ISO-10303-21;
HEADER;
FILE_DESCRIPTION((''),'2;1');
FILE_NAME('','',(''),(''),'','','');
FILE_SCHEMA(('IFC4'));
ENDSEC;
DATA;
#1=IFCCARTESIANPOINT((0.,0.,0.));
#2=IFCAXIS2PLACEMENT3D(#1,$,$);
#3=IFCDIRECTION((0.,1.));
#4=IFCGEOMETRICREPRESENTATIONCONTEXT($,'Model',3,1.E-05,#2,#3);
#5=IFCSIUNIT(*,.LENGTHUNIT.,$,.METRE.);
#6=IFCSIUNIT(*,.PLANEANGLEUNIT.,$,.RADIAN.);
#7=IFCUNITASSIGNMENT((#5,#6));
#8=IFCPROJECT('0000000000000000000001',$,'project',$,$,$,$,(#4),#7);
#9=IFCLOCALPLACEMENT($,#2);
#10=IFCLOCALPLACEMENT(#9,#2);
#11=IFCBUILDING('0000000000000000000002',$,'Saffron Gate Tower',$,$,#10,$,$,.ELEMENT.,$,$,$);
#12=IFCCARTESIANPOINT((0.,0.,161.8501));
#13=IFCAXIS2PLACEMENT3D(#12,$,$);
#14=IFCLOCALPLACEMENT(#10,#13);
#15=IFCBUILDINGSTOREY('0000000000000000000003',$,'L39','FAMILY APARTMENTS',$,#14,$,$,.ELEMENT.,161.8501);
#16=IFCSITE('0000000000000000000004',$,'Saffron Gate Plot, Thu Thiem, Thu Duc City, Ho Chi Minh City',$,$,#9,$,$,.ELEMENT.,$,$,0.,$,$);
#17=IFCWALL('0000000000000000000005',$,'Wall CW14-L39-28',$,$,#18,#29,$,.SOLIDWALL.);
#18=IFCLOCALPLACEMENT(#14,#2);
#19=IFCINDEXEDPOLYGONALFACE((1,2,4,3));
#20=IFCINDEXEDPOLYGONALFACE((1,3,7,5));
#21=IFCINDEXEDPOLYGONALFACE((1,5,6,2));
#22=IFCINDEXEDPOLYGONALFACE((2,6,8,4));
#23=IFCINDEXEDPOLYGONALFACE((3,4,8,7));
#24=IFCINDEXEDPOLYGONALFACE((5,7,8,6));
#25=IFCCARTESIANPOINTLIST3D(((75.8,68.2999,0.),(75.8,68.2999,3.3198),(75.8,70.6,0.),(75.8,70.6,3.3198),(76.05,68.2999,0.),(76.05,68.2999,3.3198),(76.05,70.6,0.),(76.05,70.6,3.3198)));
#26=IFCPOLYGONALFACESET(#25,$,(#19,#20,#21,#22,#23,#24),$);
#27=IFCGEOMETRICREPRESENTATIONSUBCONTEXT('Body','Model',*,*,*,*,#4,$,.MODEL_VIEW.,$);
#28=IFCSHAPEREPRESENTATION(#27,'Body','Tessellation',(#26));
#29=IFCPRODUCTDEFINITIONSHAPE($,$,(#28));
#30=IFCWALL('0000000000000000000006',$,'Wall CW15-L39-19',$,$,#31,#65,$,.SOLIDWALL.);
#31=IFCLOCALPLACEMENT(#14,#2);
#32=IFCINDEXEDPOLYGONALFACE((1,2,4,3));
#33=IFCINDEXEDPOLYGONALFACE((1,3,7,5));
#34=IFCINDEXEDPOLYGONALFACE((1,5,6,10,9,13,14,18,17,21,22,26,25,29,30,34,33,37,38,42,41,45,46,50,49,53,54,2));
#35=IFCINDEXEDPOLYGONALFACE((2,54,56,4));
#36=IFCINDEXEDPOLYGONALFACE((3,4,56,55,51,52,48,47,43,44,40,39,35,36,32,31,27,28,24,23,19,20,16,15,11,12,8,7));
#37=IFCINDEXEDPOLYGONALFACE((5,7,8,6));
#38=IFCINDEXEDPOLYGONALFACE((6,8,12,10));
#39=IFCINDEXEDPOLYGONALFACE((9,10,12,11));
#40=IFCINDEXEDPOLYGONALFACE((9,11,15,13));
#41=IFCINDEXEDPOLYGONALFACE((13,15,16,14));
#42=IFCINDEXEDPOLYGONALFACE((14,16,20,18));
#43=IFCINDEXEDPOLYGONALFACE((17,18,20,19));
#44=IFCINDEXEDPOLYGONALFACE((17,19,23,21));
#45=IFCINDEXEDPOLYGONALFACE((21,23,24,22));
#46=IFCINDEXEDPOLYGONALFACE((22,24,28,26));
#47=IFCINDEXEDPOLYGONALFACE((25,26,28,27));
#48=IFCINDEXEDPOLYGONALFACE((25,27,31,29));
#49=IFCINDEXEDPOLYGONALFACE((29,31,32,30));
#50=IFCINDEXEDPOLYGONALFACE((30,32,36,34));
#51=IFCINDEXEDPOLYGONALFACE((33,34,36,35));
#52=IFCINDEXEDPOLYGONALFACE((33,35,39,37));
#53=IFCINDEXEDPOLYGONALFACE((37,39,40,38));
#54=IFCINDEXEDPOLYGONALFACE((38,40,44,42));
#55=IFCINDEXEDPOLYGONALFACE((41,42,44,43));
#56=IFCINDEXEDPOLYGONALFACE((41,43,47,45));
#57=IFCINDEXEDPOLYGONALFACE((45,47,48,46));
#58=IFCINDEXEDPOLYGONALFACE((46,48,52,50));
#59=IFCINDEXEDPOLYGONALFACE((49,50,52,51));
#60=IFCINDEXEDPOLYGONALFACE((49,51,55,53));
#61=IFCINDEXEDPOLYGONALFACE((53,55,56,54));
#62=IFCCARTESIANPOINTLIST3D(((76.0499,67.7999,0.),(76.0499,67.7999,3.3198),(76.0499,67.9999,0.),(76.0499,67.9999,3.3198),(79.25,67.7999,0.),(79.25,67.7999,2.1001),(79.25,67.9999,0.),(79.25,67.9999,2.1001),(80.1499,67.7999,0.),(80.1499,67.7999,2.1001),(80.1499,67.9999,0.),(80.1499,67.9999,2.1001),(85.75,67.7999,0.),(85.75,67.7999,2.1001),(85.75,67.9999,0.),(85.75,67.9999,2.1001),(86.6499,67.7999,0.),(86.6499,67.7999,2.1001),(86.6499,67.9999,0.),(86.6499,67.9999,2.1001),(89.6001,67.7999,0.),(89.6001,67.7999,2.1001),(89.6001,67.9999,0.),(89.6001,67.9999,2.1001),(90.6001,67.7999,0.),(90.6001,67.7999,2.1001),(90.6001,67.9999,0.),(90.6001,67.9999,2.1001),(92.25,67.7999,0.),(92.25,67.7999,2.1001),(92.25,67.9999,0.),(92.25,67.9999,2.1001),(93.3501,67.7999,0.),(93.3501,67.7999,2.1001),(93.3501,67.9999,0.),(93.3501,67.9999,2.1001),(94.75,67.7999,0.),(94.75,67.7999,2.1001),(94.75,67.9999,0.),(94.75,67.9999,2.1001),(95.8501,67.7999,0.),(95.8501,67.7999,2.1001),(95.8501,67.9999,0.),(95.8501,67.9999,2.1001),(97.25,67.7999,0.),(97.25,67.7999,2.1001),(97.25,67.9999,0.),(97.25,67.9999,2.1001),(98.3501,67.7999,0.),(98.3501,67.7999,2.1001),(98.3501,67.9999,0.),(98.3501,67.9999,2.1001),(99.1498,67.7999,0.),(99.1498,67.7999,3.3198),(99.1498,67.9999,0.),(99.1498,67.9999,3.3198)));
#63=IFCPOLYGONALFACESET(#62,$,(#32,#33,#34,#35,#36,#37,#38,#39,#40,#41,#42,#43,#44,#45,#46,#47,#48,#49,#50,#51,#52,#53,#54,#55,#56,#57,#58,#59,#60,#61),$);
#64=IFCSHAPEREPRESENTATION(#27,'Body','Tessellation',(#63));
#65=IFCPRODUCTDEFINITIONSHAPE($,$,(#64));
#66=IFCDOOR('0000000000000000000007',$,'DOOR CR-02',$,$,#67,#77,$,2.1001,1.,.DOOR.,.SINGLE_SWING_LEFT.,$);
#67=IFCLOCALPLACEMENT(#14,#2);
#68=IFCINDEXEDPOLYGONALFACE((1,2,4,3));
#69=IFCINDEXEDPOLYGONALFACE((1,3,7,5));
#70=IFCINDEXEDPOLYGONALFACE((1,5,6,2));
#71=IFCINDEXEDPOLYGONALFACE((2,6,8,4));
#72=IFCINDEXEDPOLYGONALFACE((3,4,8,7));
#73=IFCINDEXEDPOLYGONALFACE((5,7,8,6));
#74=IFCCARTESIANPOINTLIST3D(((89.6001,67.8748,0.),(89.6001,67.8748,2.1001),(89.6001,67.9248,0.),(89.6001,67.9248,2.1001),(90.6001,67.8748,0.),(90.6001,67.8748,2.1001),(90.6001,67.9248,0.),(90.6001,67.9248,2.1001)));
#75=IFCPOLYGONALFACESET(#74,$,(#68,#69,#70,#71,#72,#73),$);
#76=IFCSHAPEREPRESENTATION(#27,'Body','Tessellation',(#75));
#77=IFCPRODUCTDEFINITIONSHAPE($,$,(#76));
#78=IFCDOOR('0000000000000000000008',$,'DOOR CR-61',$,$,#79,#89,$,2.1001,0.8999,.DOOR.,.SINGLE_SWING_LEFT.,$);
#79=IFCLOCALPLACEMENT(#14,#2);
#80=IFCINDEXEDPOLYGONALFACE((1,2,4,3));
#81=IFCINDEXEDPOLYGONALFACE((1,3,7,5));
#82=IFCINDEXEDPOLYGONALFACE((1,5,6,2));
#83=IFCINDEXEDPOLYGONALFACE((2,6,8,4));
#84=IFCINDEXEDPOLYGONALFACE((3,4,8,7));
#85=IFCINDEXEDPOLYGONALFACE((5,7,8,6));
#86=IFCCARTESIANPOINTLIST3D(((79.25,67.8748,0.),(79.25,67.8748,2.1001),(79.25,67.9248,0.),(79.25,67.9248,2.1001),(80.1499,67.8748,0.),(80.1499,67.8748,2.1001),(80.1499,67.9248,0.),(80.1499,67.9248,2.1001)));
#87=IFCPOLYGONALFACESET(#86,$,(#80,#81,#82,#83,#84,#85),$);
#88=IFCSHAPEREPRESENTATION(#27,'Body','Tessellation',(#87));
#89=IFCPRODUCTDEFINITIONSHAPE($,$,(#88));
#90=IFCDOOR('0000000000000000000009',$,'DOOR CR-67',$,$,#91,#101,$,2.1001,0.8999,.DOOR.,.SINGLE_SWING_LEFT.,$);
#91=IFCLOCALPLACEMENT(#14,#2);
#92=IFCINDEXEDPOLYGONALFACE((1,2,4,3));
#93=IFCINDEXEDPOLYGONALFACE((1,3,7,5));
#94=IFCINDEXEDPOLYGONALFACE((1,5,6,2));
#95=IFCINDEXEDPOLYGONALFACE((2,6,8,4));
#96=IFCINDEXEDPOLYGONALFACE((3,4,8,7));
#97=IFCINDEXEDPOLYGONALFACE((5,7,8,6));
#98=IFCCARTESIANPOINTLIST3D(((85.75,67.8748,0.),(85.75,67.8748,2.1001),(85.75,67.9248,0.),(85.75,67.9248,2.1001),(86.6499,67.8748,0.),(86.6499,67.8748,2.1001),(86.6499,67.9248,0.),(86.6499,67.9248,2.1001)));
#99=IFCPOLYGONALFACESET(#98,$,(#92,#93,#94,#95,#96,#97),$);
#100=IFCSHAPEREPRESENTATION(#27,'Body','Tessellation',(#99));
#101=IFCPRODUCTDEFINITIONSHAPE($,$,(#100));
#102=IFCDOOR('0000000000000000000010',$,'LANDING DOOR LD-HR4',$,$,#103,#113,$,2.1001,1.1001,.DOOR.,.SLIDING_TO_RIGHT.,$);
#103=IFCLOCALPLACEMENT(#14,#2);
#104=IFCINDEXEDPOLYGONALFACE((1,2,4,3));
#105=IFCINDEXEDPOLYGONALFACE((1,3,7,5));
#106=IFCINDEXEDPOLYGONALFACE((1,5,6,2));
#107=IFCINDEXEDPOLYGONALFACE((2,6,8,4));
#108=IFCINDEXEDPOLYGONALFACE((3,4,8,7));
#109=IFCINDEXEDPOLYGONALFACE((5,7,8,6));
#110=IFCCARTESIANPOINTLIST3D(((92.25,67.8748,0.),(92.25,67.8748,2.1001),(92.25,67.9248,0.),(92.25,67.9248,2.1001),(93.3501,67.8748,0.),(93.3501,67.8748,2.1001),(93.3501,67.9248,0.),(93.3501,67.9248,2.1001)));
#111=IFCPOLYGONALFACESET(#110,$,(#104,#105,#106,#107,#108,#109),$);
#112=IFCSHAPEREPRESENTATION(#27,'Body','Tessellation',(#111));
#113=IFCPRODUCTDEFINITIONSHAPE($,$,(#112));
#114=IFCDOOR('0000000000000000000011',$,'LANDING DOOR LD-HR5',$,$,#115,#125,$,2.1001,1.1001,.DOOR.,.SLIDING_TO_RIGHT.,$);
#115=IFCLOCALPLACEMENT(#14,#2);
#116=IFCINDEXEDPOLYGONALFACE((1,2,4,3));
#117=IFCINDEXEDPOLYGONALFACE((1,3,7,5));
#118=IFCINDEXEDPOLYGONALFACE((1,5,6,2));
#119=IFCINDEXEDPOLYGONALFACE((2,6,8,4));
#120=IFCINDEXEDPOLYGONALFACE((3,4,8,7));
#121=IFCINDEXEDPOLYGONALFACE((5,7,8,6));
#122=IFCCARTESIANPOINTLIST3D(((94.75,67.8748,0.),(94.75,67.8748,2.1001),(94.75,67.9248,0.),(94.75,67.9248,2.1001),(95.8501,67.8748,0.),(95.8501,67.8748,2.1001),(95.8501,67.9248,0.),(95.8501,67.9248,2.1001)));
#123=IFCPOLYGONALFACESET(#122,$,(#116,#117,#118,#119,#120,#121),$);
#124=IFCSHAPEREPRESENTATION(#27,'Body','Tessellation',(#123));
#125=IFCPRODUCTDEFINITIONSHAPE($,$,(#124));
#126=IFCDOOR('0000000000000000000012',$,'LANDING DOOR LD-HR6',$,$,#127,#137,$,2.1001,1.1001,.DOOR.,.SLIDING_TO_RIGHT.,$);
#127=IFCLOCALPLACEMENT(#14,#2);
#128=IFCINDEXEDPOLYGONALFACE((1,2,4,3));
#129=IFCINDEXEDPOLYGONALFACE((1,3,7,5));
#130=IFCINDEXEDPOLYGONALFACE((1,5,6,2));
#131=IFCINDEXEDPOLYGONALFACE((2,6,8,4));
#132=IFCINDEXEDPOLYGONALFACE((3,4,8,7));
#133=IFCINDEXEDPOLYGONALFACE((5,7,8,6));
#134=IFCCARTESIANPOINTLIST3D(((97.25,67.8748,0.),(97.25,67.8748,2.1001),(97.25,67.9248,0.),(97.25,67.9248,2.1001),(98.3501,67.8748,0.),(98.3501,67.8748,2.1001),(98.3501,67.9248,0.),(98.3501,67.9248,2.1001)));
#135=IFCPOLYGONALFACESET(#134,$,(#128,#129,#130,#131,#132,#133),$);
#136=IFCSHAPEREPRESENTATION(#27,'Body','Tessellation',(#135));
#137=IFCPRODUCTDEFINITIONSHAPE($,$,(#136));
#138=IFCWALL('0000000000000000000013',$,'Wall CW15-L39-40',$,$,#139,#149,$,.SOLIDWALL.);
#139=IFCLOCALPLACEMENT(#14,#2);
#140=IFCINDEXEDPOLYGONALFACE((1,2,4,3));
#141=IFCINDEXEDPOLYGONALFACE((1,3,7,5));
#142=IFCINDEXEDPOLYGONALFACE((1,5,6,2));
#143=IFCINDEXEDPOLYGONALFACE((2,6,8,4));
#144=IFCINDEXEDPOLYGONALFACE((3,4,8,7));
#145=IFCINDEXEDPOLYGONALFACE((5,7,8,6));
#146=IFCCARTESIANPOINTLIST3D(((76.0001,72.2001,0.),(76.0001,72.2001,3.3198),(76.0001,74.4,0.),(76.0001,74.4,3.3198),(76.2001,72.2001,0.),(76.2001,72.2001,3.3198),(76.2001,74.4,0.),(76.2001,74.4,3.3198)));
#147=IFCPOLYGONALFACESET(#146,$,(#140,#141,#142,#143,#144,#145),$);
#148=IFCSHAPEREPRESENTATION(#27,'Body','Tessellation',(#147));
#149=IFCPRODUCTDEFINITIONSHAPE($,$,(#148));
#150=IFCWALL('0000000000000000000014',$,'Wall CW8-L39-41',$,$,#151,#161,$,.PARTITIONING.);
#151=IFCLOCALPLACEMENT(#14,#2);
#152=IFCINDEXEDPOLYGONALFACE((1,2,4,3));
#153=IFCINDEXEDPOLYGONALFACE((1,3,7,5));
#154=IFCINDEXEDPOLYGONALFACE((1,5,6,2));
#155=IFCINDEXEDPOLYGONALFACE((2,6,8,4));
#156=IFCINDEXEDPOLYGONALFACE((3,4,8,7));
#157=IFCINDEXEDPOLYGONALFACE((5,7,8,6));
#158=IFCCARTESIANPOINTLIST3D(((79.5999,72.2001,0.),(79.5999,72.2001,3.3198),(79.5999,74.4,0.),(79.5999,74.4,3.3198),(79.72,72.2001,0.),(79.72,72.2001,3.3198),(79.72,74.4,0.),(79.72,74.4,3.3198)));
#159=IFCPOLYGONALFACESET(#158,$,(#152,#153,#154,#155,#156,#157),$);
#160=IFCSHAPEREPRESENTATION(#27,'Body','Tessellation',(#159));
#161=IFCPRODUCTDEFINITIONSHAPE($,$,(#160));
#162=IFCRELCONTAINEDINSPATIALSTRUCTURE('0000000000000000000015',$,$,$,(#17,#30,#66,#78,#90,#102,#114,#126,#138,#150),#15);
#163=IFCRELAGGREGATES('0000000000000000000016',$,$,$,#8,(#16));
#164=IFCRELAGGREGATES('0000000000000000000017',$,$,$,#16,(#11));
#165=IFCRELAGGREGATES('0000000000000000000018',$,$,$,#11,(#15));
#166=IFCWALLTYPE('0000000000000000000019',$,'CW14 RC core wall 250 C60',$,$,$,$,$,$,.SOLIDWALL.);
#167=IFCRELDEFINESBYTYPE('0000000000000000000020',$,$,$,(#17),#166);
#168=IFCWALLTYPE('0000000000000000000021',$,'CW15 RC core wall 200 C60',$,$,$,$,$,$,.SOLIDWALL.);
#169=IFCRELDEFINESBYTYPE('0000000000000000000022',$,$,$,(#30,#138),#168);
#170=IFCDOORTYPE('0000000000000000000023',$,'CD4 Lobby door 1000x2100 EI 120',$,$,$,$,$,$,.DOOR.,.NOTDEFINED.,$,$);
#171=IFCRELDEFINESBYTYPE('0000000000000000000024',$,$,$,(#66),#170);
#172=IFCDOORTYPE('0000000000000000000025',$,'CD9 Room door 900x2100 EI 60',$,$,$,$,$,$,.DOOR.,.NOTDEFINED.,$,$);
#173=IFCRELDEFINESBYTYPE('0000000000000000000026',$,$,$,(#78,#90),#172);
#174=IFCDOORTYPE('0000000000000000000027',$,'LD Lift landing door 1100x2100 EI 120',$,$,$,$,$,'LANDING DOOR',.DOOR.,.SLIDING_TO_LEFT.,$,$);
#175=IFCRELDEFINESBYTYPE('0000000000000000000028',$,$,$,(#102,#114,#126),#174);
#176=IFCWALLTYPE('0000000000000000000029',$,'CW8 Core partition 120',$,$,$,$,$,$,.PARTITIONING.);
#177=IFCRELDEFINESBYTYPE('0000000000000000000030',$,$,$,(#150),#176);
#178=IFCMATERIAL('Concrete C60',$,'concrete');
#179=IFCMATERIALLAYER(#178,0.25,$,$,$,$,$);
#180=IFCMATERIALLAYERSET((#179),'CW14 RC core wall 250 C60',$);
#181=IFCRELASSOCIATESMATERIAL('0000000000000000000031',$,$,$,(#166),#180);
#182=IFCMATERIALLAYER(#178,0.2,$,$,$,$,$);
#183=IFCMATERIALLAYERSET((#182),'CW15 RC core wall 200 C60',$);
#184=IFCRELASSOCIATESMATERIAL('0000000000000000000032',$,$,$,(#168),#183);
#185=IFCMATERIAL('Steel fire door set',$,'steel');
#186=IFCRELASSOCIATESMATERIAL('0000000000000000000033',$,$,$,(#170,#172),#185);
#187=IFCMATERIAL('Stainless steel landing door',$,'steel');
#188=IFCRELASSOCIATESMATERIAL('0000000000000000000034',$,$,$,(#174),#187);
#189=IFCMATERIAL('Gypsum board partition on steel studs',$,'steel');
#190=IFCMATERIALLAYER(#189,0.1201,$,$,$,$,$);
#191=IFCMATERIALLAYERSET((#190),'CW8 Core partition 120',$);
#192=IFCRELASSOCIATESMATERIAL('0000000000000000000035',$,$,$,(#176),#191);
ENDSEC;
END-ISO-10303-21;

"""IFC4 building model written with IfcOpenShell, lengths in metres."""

from ifc_helpers import new_model, si_unit, direction, frame, frame_2d, origin, place, context, subcontext, project, spatial, rectangle, extrude, material, layer, layer_set, type_object, element, fill, save


model = new_model("IFC4")

# Units and contexts
model_context = context("Model", 3, precision=1e-05, world=origin(), true_north=direction((0.0, 1.0)))
body_context = subcontext(model_context, "Body", "Model", "MODEL_VIEW")
ifc_project = project(units=[si_unit("LENGTHUNIT", "METRE"), si_unit("PLANEANGLEUNIT", "RADIAN")], contexts=[model_context])

# Site, building, storey
site_placement = place(None, origin())
site = spatial("IfcSite", under=ifc_project, at=site_placement, Name="Saffron Gate Plot, Thu Thiem, Thu Duc City, Ho Chi Minh City", CompositionType="ELEMENT", RefElevation=0.0)
building_placement = place(site_placement, origin())
building = spatial("IfcBuilding", under=site, at=building_placement, Name="Saffron Gate Tower", CompositionType="ELEMENT")
storey_placement = place(building_placement, frame((0.0, 0.0, 161.8501)))
storey = spatial("IfcBuildingStorey", under=building, at=storey_placement, Name="L39", Description="FAMILY APARTMENTS", CompositionType="ELEMENT", Elevation=161.8501)

# Wall
ifc_material_1 = material(Name="Concrete C60", Category="concrete")
ifc_layer_1 = layer(ifc_material_1, 0.25)
ifc_layer_set_1 = layer_set([ifc_layer_1], Name="CW14 RC core wall 250 C60")
wall_type_1 = type_object("IfcWallType", Name="CW14 RC core wall 250 C60", PredefinedType="SOLIDWALL", material=ifc_layer_set_1)
wall_1_placement = place(storey_placement, frame((75.925, 68.3, 0.0), z_axis=(0.0, 0.0, 1.0), x_axis=(0.0, 1.0, 0.0)))
element("IfcWall", 1, at=wall_1_placement, inside=storey, type_object=wall_type_1, Name="Wall CW14-L39-28", PredefinedType="SOLIDWALL", context=body_context, shape_type="SweptSolid", body=[
    extrude(rectangle(XDim=2.3, YDim=0.25, at=frame_2d((1.1499, 0.0))), origin(), (0.0, 0.0, 1.0), 3.3198),
])

# Wall, openings, doors
ifc_layer_2 = layer(ifc_material_1, 0.2)
ifc_layer_set_2 = layer_set([ifc_layer_2], Name="CW15 RC core wall 200 C60")
wall_type_2 = type_object("IfcWallType", Name="CW15 RC core wall 200 C60", PredefinedType="SOLIDWALL", material=ifc_layer_set_2)
wall_2_placement = place(storey_placement, frame((76.05, 67.8999, 0.0), z_axis=(0.0, 0.0, 1.0), x_axis=(1.0, 0.0, 0.0)))
wall_2 = element("IfcWall", 2, at=wall_2_placement, inside=storey, type_object=wall_type_2, Name="Wall CW15-L39-19", PredefinedType="SOLIDWALL", context=body_context, shape_type="SweptSolid", body=[
    extrude(rectangle(XDim=23.0999, YDim=0.2, at=frame_2d((11.5498, 0.0))), origin(), (0.0, 0.0, 1.0), 3.3198),
])
opening_1_placement = place(wall_2_placement, frame((3.2, 0.0, 0.0)))
opening_1 = element("IfcOpeningElement", 3, at=opening_1_placement, cuts=wall_2, PredefinedType="OPENING", context=body_context, shape_type="SweptSolid", body=[
    extrude(rectangle(XDim=0.8999, YDim=2.1001, at=frame_2d((0.45, 1.05))), frame((0.0, 0.1099, 0.0), z_axis=(0.0, -1.0, 0.0), x_axis=(1.0, 0.0, 0.0)), (0.0, 0.0, 1.0), 0.22),
])
opening_2_placement = place(wall_2_placement, frame((9.7, 0.0, 0.0)))
opening_2 = element("IfcOpeningElement", 4, at=opening_2_placement, cuts=wall_2, PredefinedType="OPENING", context=body_context, shape_type="SweptSolid", body=[
    extrude(rectangle(XDim=0.8999, YDim=2.1001, at=frame_2d((0.45, 1.05))), frame((0.0, 0.1099, 0.0), z_axis=(0.0, -1.0, 0.0), x_axis=(1.0, 0.0, 0.0)), (0.0, 0.0, 1.0), 0.22),
])
opening_3_placement = place(wall_2_placement, frame((13.55, 0.0, 0.0)))
opening_3 = element("IfcOpeningElement", 5, at=opening_3_placement, cuts=wall_2, PredefinedType="OPENING", context=body_context, shape_type="SweptSolid", body=[
    extrude(rectangle(XDim=1.0, YDim=2.1001, at=frame_2d((0.5, 1.05))), frame((0.0, 0.1099, 0.0), z_axis=(0.0, -1.0, 0.0), x_axis=(1.0, 0.0, 0.0)), (0.0, 0.0, 1.0), 0.22),
])
opening_4_placement = place(wall_2_placement, frame((16.2, 0.0, 0.0)))
opening_4 = element("IfcOpeningElement", 6, at=opening_4_placement, cuts=wall_2, PredefinedType="OPENING", context=body_context, shape_type="SweptSolid", body=[
    extrude(rectangle(XDim=1.1001, YDim=2.1001, at=frame_2d((0.55, 1.05))), frame((0.0, 0.1099, 0.0), z_axis=(0.0, -1.0, 0.0), x_axis=(1.0, 0.0, 0.0)), (0.0, 0.0, 1.0), 0.22),
])
opening_5_placement = place(wall_2_placement, frame((18.7, 0.0, 0.0)))
opening_5 = element("IfcOpeningElement", 7, at=opening_5_placement, cuts=wall_2, PredefinedType="OPENING", context=body_context, shape_type="SweptSolid", body=[
    extrude(rectangle(XDim=1.1001, YDim=2.1001, at=frame_2d((0.55, 1.05))), frame((0.0, 0.1099, 0.0), z_axis=(0.0, -1.0, 0.0), x_axis=(1.0, 0.0, 0.0)), (0.0, 0.0, 1.0), 0.22),
])
opening_6_placement = place(wall_2_placement, frame((21.2, 0.0, 0.0)))
opening_6 = element("IfcOpeningElement", 8, at=opening_6_placement, cuts=wall_2, PredefinedType="OPENING", context=body_context, shape_type="SweptSolid", body=[
    extrude(rectangle(XDim=1.1001, YDim=2.1001, at=frame_2d((0.55, 1.05))), frame((0.0, 0.1099, 0.0), z_axis=(0.0, -1.0, 0.0), x_axis=(1.0, 0.0, 0.0)), (0.0, 0.0, 1.0), 0.22),
])
ifc_material_2 = material(Name="Steel fire door set", Category="steel")
door_type_1 = type_object("IfcDoorType", Name="CD4 Lobby door 1000x2100 EI 120", OperationType="NOTDEFINED", PredefinedType="DOOR", material=ifc_material_2)
door_1_placement = place(opening_3_placement, origin())
door_1 = element("IfcDoor", 9, at=door_1_placement, inside=storey, type_object=door_type_1, Name="DOOR CR-02", OperationType="SINGLE_SWING_LEFT", OverallHeight=2.1001, OverallWidth=1.0, PredefinedType="DOOR", context=body_context, shape_type="SweptSolid", body=[
    extrude(rectangle(XDim=1.0, YDim=2.1001, at=frame_2d((0.5, 1.05))), frame((0.0, 0.0249, 0.0), z_axis=(0.0, -1.0, 0.0), x_axis=(1.0, 0.0, 0.0)), (0.0, 0.0, 1.0), 0.05),
])
fill(opening_3, door_1)
door_type_2 = type_object("IfcDoorType", Name="CD9 Room door 900x2100 EI 60", OperationType="NOTDEFINED", PredefinedType="DOOR", material=ifc_material_2)
door_2_placement = place(opening_1_placement, origin())
door_2 = element("IfcDoor", 10, at=door_2_placement, inside=storey, type_object=door_type_2, Name="DOOR CR-61", OperationType="SINGLE_SWING_LEFT", OverallHeight=2.1001, OverallWidth=0.8999, PredefinedType="DOOR", context=body_context, shape_type="SweptSolid", body=[
    extrude(rectangle(XDim=0.8999, YDim=2.1001, at=frame_2d((0.45, 1.05))), frame((0.0, 0.0249, 0.0), z_axis=(0.0, -1.0, 0.0), x_axis=(1.0, 0.0, 0.0)), (0.0, 0.0, 1.0), 0.05),
])
fill(opening_1, door_2)
door_3_placement = place(opening_2_placement, origin())
door_3 = element("IfcDoor", 11, at=door_3_placement, inside=storey, type_object=door_type_2, Name="DOOR CR-67", OperationType="SINGLE_SWING_LEFT", OverallHeight=2.1001, OverallWidth=0.8999, PredefinedType="DOOR", context=body_context, shape_type="SweptSolid", body=[
    extrude(rectangle(XDim=0.8999, YDim=2.1001, at=frame_2d((0.45, 1.05))), frame((0.0, 0.0249, 0.0), z_axis=(0.0, -1.0, 0.0), x_axis=(1.0, 0.0, 0.0)), (0.0, 0.0, 1.0), 0.05),
])
fill(opening_2, door_3)
ifc_material_3 = material(Name="Stainless steel landing door", Category="steel")
door_type_3 = type_object("IfcDoorType", Name="LD Lift landing door 1100x2100 EI 120", ElementType="LANDING DOOR", OperationType="SLIDING_TO_LEFT", PredefinedType="DOOR", material=ifc_material_3)
door_4_placement = place(opening_4_placement, origin())
door_4 = element("IfcDoor", 12, at=door_4_placement, inside=storey, type_object=door_type_3, Name="LANDING DOOR LD-HR4", OperationType="SLIDING_TO_RIGHT", OverallHeight=2.1001, OverallWidth=1.1001, PredefinedType="DOOR", context=body_context, shape_type="SweptSolid", body=[
    extrude(rectangle(XDim=1.1001, YDim=2.1001, at=frame_2d((0.55, 1.05))), frame((0.0, 0.0249, 0.0), z_axis=(0.0, -1.0, 0.0), x_axis=(1.0, 0.0, 0.0)), (0.0, 0.0, 1.0), 0.05),
])
fill(opening_4, door_4)
door_5_placement = place(opening_5_placement, origin())
door_5 = element("IfcDoor", 13, at=door_5_placement, inside=storey, type_object=door_type_3, Name="LANDING DOOR LD-HR5", OperationType="SLIDING_TO_RIGHT", OverallHeight=2.1001, OverallWidth=1.1001, PredefinedType="DOOR", context=body_context, shape_type="SweptSolid", body=[
    extrude(rectangle(XDim=1.1001, YDim=2.1001, at=frame_2d((0.55, 1.05))), frame((0.0, 0.0249, 0.0), z_axis=(0.0, -1.0, 0.0), x_axis=(1.0, 0.0, 0.0)), (0.0, 0.0, 1.0), 0.05),
])
fill(opening_5, door_5)
door_6_placement = place(opening_6_placement, origin())
door_6 = element("IfcDoor", 14, at=door_6_placement, inside=storey, type_object=door_type_3, Name="LANDING DOOR LD-HR6", OperationType="SLIDING_TO_RIGHT", OverallHeight=2.1001, OverallWidth=1.1001, PredefinedType="DOOR", context=body_context, shape_type="SweptSolid", body=[
    extrude(rectangle(XDim=1.1001, YDim=2.1001, at=frame_2d((0.55, 1.05))), frame((0.0, 0.0249, 0.0), z_axis=(0.0, -1.0, 0.0), x_axis=(1.0, 0.0, 0.0)), (0.0, 0.0, 1.0), 0.05),
])
fill(opening_6, door_6)

# Walls
wall_3_placement = place(storey_placement, frame((76.1001, 72.2, 0.0), z_axis=(0.0, 0.0, 1.0), x_axis=(0.0, 1.0, 0.0)))
element("IfcWall", 15, at=wall_3_placement, inside=storey, type_object=wall_type_2, Name="Wall CW15-L39-40", PredefinedType="SOLIDWALL", context=body_context, shape_type="SweptSolid", body=[
    extrude(rectangle(XDim=2.2, YDim=0.2, at=frame_2d((1.1001, 0.0))), origin(), (0.0, 0.0, 1.0), 3.3198),
])
ifc_material_4 = material(Name="Gypsum board partition on steel studs", Category="steel")
ifc_layer_3 = layer(ifc_material_4, 0.1201)
ifc_layer_set_3 = layer_set([ifc_layer_3], Name="CW8 Core partition 120")
wall_type_3 = type_object("IfcWallType", Name="CW8 Core partition 120", PredefinedType="PARTITIONING", material=ifc_layer_set_3)
wall_4_placement = place(storey_placement, frame((79.6599, 72.2, 0.0), z_axis=(0.0, 0.0, 1.0), x_axis=(0.0, 1.0, 0.0)))
element("IfcWall", 16, at=wall_4_placement, inside=storey, type_object=wall_type_3, Name="Wall CW8-L39-41", PredefinedType="PARTITIONING", context=body_context, shape_type="SweptSolid", body=[
    extrude(rectangle(XDim=2.2, YDim=0.1201, at=frame_2d((1.1001, 0.0))), origin(), (0.0, 0.0, 1.0), 3.3198),
])

save(model, "model.ifc")
